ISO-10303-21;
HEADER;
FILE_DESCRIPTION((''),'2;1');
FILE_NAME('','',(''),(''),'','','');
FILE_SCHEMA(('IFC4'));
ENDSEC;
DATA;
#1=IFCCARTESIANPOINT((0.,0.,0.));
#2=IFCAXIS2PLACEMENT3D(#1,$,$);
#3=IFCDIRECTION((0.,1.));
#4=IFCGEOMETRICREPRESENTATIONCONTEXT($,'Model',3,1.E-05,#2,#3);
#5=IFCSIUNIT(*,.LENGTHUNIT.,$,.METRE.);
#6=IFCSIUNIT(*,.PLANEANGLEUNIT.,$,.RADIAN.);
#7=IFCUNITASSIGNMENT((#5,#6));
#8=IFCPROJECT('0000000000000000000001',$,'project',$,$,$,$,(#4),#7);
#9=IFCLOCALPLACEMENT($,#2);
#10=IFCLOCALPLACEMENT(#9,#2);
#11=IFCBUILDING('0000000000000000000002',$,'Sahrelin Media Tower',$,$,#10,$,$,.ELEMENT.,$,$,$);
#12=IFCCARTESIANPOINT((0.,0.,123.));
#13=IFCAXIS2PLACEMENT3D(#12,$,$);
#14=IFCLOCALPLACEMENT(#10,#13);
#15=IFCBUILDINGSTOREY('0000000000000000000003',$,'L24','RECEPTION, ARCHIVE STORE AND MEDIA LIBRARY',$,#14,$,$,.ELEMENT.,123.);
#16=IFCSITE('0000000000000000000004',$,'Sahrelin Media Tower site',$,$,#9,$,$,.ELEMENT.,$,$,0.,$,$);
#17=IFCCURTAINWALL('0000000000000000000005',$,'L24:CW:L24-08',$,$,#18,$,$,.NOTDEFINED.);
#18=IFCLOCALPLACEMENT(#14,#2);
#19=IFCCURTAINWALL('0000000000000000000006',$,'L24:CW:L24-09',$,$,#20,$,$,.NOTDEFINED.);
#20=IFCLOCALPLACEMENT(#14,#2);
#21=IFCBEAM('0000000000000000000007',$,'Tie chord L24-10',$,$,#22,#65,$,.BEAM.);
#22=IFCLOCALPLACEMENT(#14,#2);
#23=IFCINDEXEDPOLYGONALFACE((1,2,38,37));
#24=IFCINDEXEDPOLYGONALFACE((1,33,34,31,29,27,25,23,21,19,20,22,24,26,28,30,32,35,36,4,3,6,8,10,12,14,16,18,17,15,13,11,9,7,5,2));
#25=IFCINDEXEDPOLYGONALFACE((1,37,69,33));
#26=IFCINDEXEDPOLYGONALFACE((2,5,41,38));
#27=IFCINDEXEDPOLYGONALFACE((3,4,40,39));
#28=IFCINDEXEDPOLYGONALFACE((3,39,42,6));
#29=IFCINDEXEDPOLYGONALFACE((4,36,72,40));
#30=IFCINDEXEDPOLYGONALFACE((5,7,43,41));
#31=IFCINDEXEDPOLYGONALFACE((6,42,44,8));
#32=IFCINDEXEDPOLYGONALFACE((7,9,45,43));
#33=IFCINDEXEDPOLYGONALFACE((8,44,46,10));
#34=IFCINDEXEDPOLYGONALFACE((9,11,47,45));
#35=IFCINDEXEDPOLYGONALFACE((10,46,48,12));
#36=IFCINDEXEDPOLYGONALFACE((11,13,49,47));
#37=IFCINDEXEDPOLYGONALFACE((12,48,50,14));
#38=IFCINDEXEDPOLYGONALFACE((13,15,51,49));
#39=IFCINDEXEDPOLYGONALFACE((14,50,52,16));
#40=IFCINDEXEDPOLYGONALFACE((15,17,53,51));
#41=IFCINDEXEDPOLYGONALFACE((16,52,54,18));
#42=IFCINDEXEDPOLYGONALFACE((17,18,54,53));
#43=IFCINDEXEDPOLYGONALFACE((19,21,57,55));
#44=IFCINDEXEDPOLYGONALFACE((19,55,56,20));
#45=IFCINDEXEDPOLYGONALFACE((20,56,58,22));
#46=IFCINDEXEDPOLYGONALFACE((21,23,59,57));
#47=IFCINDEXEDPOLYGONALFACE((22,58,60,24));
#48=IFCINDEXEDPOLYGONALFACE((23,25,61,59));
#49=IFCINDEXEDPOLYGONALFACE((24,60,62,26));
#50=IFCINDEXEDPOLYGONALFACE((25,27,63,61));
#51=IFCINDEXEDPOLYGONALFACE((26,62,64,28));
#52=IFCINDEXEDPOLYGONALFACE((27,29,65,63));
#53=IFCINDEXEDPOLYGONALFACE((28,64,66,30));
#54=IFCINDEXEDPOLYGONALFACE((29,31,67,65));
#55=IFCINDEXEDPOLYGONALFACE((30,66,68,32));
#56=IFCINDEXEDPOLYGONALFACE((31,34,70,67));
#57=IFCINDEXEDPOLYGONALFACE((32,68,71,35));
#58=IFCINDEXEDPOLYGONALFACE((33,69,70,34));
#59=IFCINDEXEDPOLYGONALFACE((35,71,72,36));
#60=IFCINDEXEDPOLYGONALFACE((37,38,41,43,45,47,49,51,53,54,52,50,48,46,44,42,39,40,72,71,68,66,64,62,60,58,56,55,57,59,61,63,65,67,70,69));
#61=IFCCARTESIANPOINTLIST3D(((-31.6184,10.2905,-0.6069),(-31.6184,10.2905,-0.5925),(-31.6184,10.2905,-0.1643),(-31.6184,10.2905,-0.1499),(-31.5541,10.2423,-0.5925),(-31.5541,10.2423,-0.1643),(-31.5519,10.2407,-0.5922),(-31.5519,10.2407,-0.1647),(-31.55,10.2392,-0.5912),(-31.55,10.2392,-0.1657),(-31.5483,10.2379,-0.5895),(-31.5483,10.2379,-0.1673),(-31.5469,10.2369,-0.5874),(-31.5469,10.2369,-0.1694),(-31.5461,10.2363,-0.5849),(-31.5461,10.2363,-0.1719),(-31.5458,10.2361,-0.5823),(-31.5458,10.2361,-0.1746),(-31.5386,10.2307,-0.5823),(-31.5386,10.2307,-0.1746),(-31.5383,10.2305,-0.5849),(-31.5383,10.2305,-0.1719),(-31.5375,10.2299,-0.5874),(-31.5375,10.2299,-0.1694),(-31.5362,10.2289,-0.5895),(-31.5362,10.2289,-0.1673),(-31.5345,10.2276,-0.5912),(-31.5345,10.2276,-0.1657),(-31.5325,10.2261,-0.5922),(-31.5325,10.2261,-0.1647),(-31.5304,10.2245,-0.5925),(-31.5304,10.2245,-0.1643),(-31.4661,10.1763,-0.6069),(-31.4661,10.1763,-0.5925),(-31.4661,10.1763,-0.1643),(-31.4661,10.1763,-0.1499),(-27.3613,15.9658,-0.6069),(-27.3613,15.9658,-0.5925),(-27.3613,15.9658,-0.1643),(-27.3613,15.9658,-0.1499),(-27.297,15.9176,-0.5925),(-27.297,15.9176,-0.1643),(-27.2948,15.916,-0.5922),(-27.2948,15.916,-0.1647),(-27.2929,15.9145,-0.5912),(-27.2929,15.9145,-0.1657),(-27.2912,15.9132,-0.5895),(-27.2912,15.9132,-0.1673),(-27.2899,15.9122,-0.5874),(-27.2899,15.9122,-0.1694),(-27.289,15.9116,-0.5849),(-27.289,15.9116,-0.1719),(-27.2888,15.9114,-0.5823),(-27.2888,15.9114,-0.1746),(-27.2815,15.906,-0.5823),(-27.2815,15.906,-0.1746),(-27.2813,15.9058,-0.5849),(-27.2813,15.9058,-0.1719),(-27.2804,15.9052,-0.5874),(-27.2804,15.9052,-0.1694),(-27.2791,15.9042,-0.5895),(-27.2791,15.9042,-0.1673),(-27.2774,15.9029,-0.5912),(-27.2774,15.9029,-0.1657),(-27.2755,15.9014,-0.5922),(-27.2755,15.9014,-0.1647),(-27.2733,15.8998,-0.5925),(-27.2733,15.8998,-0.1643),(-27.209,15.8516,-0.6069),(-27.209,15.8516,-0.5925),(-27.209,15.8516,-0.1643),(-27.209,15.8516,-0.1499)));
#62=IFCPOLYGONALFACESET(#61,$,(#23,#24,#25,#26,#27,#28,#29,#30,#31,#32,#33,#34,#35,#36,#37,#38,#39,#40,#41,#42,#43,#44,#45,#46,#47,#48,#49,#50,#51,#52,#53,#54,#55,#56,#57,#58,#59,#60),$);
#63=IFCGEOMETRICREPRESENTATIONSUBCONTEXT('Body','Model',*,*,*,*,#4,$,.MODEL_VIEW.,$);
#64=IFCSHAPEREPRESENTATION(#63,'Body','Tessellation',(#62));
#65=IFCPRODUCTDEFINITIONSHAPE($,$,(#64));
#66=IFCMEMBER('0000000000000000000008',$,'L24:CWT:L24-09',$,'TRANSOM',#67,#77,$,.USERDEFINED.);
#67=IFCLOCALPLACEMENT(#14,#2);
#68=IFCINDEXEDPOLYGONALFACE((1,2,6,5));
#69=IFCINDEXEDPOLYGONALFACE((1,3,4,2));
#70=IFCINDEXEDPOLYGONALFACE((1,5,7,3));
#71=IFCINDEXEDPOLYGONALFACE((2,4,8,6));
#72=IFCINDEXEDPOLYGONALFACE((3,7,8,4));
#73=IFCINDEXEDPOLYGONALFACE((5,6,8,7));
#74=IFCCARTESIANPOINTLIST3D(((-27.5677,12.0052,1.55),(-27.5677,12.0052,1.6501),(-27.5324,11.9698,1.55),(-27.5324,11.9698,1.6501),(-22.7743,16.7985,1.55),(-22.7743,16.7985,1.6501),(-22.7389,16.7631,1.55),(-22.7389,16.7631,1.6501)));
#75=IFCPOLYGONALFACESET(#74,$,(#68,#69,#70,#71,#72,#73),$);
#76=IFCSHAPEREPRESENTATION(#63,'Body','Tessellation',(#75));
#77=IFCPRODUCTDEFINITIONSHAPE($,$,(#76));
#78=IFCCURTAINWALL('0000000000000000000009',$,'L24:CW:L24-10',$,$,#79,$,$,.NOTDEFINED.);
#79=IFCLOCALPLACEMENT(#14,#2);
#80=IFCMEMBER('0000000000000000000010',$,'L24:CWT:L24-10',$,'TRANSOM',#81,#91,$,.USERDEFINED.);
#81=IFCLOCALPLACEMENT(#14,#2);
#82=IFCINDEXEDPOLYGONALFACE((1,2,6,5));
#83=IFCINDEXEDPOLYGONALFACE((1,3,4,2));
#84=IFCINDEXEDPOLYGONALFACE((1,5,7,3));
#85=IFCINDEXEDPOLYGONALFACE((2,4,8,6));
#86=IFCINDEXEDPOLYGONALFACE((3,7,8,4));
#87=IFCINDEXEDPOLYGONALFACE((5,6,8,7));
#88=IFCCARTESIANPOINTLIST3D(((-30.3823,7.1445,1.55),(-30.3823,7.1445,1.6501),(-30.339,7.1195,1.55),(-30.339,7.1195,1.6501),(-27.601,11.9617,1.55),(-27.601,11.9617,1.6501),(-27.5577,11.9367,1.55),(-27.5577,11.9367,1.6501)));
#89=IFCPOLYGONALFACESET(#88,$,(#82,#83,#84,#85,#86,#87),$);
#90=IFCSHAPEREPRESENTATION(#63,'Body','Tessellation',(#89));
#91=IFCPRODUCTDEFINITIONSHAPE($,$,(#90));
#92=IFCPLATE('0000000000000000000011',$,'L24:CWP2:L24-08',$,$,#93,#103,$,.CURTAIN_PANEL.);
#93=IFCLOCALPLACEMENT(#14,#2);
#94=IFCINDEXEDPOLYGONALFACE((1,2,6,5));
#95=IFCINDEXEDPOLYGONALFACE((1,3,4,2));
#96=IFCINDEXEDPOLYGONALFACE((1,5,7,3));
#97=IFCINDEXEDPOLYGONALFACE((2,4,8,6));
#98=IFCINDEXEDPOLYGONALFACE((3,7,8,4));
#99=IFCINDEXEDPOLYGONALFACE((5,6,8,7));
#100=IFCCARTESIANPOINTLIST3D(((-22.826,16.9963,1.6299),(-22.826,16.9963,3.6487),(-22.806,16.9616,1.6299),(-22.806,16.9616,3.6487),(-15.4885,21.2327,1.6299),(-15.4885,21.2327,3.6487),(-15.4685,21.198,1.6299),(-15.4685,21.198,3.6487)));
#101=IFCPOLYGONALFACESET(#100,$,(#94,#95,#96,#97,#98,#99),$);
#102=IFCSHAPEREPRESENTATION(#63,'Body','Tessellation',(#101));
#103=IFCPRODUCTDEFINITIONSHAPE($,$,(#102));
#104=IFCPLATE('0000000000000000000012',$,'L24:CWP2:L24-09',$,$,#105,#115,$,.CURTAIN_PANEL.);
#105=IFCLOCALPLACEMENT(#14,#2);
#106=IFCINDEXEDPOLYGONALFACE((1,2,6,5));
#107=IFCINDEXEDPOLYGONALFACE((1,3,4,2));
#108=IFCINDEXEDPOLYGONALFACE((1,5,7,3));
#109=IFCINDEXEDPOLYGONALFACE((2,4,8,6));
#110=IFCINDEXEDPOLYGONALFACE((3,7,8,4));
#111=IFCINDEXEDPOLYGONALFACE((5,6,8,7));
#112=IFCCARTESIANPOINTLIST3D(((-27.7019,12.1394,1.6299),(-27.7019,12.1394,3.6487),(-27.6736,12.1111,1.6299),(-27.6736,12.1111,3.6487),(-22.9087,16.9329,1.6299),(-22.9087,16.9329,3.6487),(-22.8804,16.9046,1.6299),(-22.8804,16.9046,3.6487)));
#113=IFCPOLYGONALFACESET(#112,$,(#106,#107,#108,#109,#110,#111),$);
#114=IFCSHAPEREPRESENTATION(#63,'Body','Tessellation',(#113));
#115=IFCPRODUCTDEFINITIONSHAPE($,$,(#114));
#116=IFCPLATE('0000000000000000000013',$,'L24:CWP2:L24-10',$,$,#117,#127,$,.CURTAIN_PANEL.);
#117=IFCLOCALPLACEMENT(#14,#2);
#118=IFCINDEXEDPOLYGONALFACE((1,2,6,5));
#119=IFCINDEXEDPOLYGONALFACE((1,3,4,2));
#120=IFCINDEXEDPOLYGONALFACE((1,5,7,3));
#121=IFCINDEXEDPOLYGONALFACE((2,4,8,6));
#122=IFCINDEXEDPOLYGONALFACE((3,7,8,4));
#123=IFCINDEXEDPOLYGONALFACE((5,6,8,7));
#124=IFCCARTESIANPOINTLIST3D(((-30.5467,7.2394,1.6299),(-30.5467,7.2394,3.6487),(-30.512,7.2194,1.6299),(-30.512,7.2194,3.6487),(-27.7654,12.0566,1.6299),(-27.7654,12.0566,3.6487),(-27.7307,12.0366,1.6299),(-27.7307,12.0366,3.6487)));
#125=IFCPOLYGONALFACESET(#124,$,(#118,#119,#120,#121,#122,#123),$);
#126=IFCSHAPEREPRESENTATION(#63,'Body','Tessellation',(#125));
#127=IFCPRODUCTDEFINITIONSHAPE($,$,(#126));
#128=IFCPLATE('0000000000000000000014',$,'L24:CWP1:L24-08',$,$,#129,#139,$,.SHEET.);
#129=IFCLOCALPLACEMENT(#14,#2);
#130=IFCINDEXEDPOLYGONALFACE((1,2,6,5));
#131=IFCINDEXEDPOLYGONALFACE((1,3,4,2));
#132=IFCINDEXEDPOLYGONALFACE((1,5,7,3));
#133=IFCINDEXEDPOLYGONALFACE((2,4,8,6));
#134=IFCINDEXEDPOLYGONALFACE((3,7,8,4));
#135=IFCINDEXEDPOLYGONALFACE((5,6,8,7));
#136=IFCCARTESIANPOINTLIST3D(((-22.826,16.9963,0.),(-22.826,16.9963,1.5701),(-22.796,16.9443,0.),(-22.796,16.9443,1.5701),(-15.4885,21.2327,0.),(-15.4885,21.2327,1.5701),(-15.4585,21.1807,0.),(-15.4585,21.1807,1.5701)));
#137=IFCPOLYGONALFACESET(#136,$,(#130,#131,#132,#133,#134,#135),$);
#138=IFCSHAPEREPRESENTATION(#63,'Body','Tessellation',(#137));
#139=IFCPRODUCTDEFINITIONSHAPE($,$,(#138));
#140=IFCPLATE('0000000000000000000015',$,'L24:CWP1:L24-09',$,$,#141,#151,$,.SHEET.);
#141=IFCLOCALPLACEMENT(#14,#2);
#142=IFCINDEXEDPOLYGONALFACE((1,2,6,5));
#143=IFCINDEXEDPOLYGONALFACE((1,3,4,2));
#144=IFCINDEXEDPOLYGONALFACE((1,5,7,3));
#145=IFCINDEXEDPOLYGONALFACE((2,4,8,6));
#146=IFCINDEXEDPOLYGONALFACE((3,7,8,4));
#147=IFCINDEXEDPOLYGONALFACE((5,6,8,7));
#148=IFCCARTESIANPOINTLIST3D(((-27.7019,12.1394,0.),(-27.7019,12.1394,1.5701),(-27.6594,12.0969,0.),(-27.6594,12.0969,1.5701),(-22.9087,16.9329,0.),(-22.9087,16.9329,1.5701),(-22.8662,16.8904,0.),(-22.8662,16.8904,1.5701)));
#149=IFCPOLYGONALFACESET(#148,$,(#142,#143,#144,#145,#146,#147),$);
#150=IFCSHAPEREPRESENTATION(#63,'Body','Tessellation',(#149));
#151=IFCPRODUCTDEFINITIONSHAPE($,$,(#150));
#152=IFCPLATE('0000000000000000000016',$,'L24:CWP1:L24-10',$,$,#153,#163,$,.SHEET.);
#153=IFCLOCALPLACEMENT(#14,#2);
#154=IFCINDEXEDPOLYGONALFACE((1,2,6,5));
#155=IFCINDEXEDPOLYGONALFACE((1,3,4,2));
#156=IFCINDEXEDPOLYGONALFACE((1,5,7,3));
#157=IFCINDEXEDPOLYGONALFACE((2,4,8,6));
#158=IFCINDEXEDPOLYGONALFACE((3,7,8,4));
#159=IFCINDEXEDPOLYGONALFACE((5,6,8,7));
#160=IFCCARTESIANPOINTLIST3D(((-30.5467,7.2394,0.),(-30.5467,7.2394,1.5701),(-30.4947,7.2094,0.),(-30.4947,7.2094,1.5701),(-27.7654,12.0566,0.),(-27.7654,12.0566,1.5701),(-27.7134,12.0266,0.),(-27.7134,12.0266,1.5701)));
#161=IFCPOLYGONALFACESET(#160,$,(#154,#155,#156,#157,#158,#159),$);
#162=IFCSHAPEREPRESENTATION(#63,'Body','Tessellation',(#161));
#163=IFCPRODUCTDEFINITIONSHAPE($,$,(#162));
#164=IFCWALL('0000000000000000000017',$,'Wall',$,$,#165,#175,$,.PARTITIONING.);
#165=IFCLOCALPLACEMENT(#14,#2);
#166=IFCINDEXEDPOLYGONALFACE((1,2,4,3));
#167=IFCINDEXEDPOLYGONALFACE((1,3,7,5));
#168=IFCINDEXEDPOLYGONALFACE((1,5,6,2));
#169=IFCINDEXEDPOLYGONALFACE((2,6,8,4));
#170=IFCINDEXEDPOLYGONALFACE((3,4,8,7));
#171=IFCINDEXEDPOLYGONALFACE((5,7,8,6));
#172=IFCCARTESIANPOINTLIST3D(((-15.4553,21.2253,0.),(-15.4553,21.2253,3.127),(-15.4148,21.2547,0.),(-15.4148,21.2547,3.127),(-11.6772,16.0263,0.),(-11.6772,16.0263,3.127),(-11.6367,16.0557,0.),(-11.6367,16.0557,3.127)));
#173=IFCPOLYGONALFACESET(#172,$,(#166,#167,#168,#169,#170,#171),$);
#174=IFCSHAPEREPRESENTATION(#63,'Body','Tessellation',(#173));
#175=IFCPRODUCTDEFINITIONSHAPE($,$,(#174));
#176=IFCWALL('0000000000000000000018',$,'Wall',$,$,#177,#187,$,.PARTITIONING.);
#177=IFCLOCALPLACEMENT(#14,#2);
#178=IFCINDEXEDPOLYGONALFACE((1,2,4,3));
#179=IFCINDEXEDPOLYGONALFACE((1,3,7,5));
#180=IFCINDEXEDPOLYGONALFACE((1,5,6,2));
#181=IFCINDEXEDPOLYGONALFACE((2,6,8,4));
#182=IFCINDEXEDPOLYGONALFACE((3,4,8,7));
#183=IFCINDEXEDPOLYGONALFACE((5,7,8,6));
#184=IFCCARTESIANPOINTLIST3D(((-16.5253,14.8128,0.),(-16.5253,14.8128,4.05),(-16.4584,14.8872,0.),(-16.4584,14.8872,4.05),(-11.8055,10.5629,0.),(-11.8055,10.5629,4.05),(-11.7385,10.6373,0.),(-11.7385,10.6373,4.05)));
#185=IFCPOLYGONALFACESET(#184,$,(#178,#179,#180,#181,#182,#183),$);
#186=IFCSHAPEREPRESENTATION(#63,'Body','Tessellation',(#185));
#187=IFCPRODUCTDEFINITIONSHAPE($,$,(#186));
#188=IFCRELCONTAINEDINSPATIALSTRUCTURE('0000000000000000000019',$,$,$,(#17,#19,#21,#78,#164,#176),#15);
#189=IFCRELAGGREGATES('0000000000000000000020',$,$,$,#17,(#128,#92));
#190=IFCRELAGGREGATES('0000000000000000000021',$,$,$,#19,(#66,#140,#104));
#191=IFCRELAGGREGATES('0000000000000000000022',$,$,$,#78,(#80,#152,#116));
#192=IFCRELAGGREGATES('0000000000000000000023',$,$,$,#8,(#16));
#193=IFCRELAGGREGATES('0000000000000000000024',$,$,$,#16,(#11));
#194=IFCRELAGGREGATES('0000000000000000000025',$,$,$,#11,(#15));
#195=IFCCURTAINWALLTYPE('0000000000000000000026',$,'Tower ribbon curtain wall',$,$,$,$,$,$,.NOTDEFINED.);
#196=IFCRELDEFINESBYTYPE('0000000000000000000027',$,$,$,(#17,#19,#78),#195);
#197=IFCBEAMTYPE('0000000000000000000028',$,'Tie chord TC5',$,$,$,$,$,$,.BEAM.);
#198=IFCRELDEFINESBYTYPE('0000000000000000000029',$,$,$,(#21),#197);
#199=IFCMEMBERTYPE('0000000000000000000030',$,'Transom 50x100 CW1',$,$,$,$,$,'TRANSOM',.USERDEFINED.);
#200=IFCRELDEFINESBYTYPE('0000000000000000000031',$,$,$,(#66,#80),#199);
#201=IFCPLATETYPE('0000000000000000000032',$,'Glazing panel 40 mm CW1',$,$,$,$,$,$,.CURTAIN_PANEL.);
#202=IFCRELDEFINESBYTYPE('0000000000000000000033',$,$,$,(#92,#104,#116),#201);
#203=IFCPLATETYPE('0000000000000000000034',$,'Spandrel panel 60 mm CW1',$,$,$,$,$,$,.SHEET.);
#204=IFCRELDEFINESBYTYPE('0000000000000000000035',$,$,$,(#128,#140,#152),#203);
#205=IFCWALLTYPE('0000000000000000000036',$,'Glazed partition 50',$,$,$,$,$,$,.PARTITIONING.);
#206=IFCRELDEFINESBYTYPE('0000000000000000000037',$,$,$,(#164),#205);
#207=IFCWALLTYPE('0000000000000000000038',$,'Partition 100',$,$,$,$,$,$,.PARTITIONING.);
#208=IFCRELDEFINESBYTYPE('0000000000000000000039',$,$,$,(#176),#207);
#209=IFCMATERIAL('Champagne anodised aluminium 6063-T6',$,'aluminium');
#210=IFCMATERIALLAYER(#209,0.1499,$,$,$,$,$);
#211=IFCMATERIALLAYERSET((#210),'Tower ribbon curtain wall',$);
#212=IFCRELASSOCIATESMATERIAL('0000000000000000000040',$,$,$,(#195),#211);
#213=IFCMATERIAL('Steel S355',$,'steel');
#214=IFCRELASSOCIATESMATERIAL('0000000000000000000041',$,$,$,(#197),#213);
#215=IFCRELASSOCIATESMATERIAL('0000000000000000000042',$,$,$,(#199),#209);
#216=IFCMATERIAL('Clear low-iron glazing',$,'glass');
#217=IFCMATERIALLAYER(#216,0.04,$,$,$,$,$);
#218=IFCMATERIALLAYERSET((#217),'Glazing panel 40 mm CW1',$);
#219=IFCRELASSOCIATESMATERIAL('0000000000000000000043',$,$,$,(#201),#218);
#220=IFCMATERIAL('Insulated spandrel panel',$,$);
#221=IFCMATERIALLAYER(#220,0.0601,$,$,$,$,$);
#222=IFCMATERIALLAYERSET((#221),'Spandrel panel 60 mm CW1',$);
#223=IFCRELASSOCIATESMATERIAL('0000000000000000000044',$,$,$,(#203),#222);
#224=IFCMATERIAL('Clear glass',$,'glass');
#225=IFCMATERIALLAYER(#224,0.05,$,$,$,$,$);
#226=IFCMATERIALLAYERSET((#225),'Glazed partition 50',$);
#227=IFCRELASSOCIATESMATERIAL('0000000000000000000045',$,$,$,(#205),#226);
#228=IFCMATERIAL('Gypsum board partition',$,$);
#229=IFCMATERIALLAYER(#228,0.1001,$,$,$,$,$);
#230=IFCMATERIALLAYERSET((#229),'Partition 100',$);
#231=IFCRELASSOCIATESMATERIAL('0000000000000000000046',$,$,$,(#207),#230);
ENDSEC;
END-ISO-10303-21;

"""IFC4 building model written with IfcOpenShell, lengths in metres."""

from ifc_helpers import new_model, si_unit, direction, frame, frame_2d, origin, origin_2d, place, context, subcontext, project, spatial, polyline, rectangle, i_section, outline, extrude, material, layer, layer_set, material_profile, profile_set, type_object, element, aggregate, save


model = new_model("IFC4")

# Units and contexts
model_context = context("Model", 3, precision=1e-05, world=origin(), true_north=direction((0.0, 1.0)))
body_context = subcontext(model_context, "Body", "Model", "MODEL_VIEW")
ifc_project = project(units=[si_unit("LENGTHUNIT", "METRE"), si_unit("PLANEANGLEUNIT", "RADIAN")], contexts=[model_context])

# Site, building, storey
site_placement = place(None, origin())
site = spatial("IfcSite", under=ifc_project, at=site_placement, Name="Sahrelin Media Tower site", CompositionType="ELEMENT", RefElevation=0.0)
building_placement = place(site_placement, origin())
building = spatial("IfcBuilding", under=site, at=building_placement, Name="Sahrelin Media Tower", CompositionType="ELEMENT")
storey_placement = place(building_placement, frame((0.0, 0.0, 123.0)))
storey = spatial("IfcBuildingStorey", under=building, at=storey_placement, Name="L24", Description="RECEPTION, ARCHIVE STORE AND MEDIA LIBRARY", CompositionType="ELEMENT", Elevation=123.0)

# Shared definitions
ifc_material_1 = material(Name="Steel S355", Category="steel")

# Curtain walls
ifc_material_2 = material(Name="Champagne anodised aluminium 6063-T6", Category="aluminium")
ifc_layer_1 = layer(ifc_material_2, 0.1499)
ifc_layer_set_1 = layer_set([ifc_layer_1], Name="Tower ribbon curtain wall")
curtain_wall_type = type_object("IfcCurtainWallType", Name="Tower ribbon curtain wall", PredefinedType="NOTDEFINED", material=ifc_layer_set_1)
curtain_wall_1_placement = place(storey_placement, frame((-19.1472, 19.0972, 0.0), z_axis=(0.0, 0.0, 1.0), x_axis=(1.0, 0.0, 0.0)))
curtain_wall_1 = element("IfcCurtainWall", 1, at=curtain_wall_1_placement, inside=storey, type_object=curtain_wall_type, Name="L24:CW:L24-08", PredefinedType="NOTDEFINED")
curtain_wall_2_placement = place(storey_placement, frame((-25.2913, 14.522, 0.0), z_axis=(0.0, 0.0, 1.0), x_axis=(1.0, 0.0, 0.0)))
curtain_wall_2 = element("IfcCurtainWall", 2, at=curtain_wall_2_placement, inside=storey, type_object=curtain_wall_type, Name="L24:CW:L24-09", PredefinedType="NOTDEFINED")

# Beam
ifc_material_profile_1 = material_profile(ifc_material_1, i_section(OverallWidth=0.1904, OverallDepth=0.457, WebThickness=0.009, FlangeThickness=0.0144, FilletRadius=0.0103, at=origin_2d()), Name="UB 457x191x74")
ifc_profile_set_1 = profile_set([ifc_material_profile_1], Name="Steel S355")
beam_type_1 = type_object("IfcBeamType", Name="Tie chord TC5", PredefinedType="BEAM", material=ifc_profile_set_1)
beam_1_placement = place(storey_placement, frame((-27.2852, 15.9087, -0.3784), z_axis=(-0.600055, -0.799959, 0.0), x_axis=(0.799959, -0.600055, 0.0)))
element("IfcBeam", 3, at=beam_1_placement, inside=storey, type_object=beam_type_1, Name="Tie chord L24-10", PredefinedType="BEAM", context=body_context, shape_type="SweptSolid", body=[
    extrude(i_section(OverallWidth=0.1904, OverallDepth=0.457, WebThickness=0.009, FlangeThickness=0.0144, FilletRadius=0.0103, at=origin_2d()), origin(), (0.0, 0.0, 1.0), 7.0945),
])

# Member
ifc_material_profile_2 = material_profile(ifc_material_2, rectangle(XDim=0.05, YDim=0.1001, at=origin_2d()), Name="Transom 50x100")
ifc_profile_set_2 = profile_set([ifc_material_profile_2], Name="Champagne anodised aluminium 6063-T6")
member_type_1 = type_object("IfcMemberType", Name="Transom 50x100 CW1", ElementType="TRANSOM", PredefinedType="USERDEFINED", material=ifc_profile_set_2)
member_1_placement = place(storey_placement, frame((-22.7566, 16.7808, 1.6001), z_axis=(-0.707125, -0.707089, 0.0), x_axis=(0.707089, -0.707125, 0.0)))
member_1 = element("IfcMember", 4, at=member_1_placement, type_object=member_type_1, Name="L24:CWT:L24-09", ObjectType="TRANSOM", PredefinedType="USERDEFINED", context=body_context, shape_type="SweptSolid", body=[
    extrude(rectangle(XDim=0.05, YDim=0.1001, at=origin_2d()), origin(), (0.0, 0.0, 1.0), 6.7788),
])

# Curtain wall, member
curtain_wall_3_placement = place(storey_placement, frame((-29.1389, 9.6382, 0.0), z_axis=(0.0, 0.0, 1.0), x_axis=(1.0, 0.0, 0.0)))
curtain_wall_3 = element("IfcCurtainWall", 5, at=curtain_wall_3_placement, inside=storey, type_object=curtain_wall_type, Name="L24:CW:L24-10", PredefinedType="NOTDEFINED")
member_2_placement = place(storey_placement, frame((-27.5793, 11.9492, 1.6001), z_axis=(-0.50001, -0.86602, 0.0), x_axis=(0.86602, -0.50001, 0.0)))
member_2 = element("IfcMember", 6, at=member_2_placement, type_object=member_type_1, Name="L24:CWT:L24-10", ObjectType="TRANSOM", PredefinedType="USERDEFINED", context=body_context, shape_type="SweptSolid", body=[
    extrude(rectangle(XDim=0.05, YDim=0.1001, at=origin_2d()), origin(), (0.0, 0.0, 1.0), 5.5625),
])

# Plates
ifc_material_3 = material(Name="Clear low-iron glazing", Category="glass")
ifc_layer_2 = layer(ifc_material_3, 0.04)
ifc_layer_set_2 = layer_set([ifc_layer_2], Name="Glazing panel 40 mm CW1")
plate_type_1 = type_object("IfcPlateType", Name="Glazing panel 40 mm CW1", PredefinedType="CURTAIN_PANEL", material=ifc_layer_set_2)
plate_1_placement = place(storey_placement, frame((-15.4885, 21.2327, 1.6299), z_axis=(-0.500007, 0.866021, 0.0), x_axis=(-0.866021, -0.500007, 0.0)))
plate_1 = element("IfcPlate", 7, at=plate_1_placement, type_object=plate_type_1, Name="L24:CWP2:L24-08", PredefinedType="CURTAIN_PANEL", context=body_context, shape_type="SweptSolid", body=[
    extrude(outline(polyline([(0.0, 0.0), (8.4727, 0.0), (8.4727, 2.0188), (0.0, 2.0188), (0.0, 0.0)])), origin(), (0.0, 0.0, -1.0), 0.04),
])
plate_2_placement = place(storey_placement, frame((-22.9087, 16.9329, 1.6299), z_axis=(-0.707125, 0.707089, 0.0), x_axis=(-0.707089, -0.707125, 0.0)))
plate_2 = element("IfcPlate", 8, at=plate_2_placement, type_object=plate_type_1, Name="L24:CWP2:L24-09", PredefinedType="CURTAIN_PANEL", context=body_context, shape_type="SweptSolid", body=[
    extrude(outline(polyline([(0.0, 0.0), (6.7788, 0.0), (6.7788, 2.0188), (0.0, 2.0188), (0.0, 0.0)])), origin(), (0.0, 0.0, -1.0), 0.04),
])
plate_3_placement = place(storey_placement, frame((-27.7654, 12.0566, 1.6299), z_axis=(-0.86602, 0.50001, 0.0), x_axis=(-0.50001, -0.86602, 0.0)))
plate_3 = element("IfcPlate", 9, at=plate_3_placement, type_object=plate_type_1, Name="L24:CWP2:L24-10", PredefinedType="CURTAIN_PANEL", context=body_context, shape_type="SweptSolid", body=[
    extrude(outline(polyline([(0.0, 0.0), (5.5625, 0.0), (5.5625, 2.0188), (0.0, 2.0188), (0.0, 0.0)])), origin(), (0.0, 0.0, -1.0), 0.04),
])
ifc_material_4 = material(Name="Insulated spandrel panel")
ifc_layer_3 = layer(ifc_material_4, 0.0601)
ifc_layer_set_3 = layer_set([ifc_layer_3], Name="Spandrel panel 60 mm CW1")
plate_type_2 = type_object("IfcPlateType", Name="Spandrel panel 60 mm CW1", PredefinedType="SHEET", material=ifc_layer_set_3)
plate_4_placement = place(storey_placement, frame((-15.4885, 21.2327, 0.0), z_axis=(-0.500007, 0.866021, 0.0), x_axis=(-0.866021, -0.500007, 0.0)))
plate_4 = element("IfcPlate", 10, at=plate_4_placement, type_object=plate_type_2, Name="L24:CWP1:L24-08", PredefinedType="SHEET", context=body_context, shape_type="SweptSolid", body=[
    extrude(outline(polyline([(0.0, 0.0), (8.4727, 0.0), (8.4727, 1.5701), (0.0, 1.5701), (0.0, 0.0)])), origin(), (0.0, 0.0, -1.0), 0.0601),
])
aggregate(curtain_wall_1, [plate_4, plate_1])
plate_5_placement = place(storey_placement, frame((-22.9087, 16.9329, 0.0), z_axis=(-0.707125, 0.707089, 0.0), x_axis=(-0.707089, -0.707125, 0.0)))
plate_5 = element("IfcPlate", 11, at=plate_5_placement, type_object=plate_type_2, Name="L24:CWP1:L24-09", PredefinedType="SHEET", context=body_context, shape_type="SweptSolid", body=[
    extrude(outline(polyline([(0.0, 0.0), (6.7788, 0.0), (6.7788, 1.5701), (0.0, 1.5701), (0.0, 0.0)])), origin(), (0.0, 0.0, -1.0), 0.0601),
])
aggregate(curtain_wall_2, [member_1, plate_5, plate_2])
plate_6_placement = place(storey_placement, frame((-27.7654, 12.0566, 0.0), z_axis=(-0.86602, 0.50001, 0.0), x_axis=(-0.50001, -0.86602, 0.0)))
plate_6 = element("IfcPlate", 12, at=plate_6_placement, type_object=plate_type_2, Name="L24:CWP1:L24-10", PredefinedType="SHEET", context=body_context, shape_type="SweptSolid", body=[
    extrude(outline(polyline([(0.0, 0.0), (5.5625, 0.0), (5.5625, 1.5701), (0.0, 1.5701), (0.0, 0.0)])), origin(), (0.0, 0.0, -1.0), 0.0601),
])
aggregate(curtain_wall_3, [member_2, plate_6, plate_3])

# Walls
ifc_material_5 = material(Name="Clear glass", Category="glass")
ifc_layer_4 = layer(ifc_material_5, 0.05)
ifc_layer_set_4 = layer_set([ifc_layer_4], Name="Glazed partition 50")
wall_type_1 = type_object("IfcWallType", Name="Glazed partition 50", PredefinedType="PARTITIONING", material=ifc_layer_set_4)
wall_1_placement = place(storey_placement, frame((-15.4351, 21.24, 0.0), z_axis=(0.0, 0.0, 1.0), x_axis=(0.587867, -0.808958, 0.0)))
element("IfcWall", 13, at=wall_1_placement, inside=storey, type_object=wall_type_1, Name="Wall", PredefinedType="PARTITIONING", context=body_context, shape_type="SweptSolid", body=[
    extrude(rectangle(XDim=6.4268, YDim=0.05, at=frame_2d((3.2134, 0.0))), origin(), (0.0, 0.0, 1.0), 3.127),
])
ifc_material_6 = material(Name="Gypsum board partition")
ifc_layer_5 = layer(ifc_material_6, 0.1001)
ifc_layer_set_5 = layer_set([ifc_layer_5], Name="Partition 100")
wall_type_2 = type_object("IfcWallType", Name="Partition 100", PredefinedType="PARTITIONING", material=ifc_layer_set_5)
wall_2_placement = place(storey_placement, frame((-16.4919, 14.8501, 0.0), z_axis=(0.0, 0.0, 1.0), x_axis=(0.743135, -0.669141, 0.0)))
element("IfcWall", 14, at=wall_2_placement, inside=storey, type_object=wall_type_2, Name="Wall", PredefinedType="PARTITIONING", context=body_context, shape_type="SweptSolid", body=[
    extrude(rectangle(XDim=6.3513, YDim=0.1001, at=frame_2d((3.1758, 0.0))), origin(), (0.0, 0.0, 1.0), 4.05),
])

save(model, "model.ifc")
